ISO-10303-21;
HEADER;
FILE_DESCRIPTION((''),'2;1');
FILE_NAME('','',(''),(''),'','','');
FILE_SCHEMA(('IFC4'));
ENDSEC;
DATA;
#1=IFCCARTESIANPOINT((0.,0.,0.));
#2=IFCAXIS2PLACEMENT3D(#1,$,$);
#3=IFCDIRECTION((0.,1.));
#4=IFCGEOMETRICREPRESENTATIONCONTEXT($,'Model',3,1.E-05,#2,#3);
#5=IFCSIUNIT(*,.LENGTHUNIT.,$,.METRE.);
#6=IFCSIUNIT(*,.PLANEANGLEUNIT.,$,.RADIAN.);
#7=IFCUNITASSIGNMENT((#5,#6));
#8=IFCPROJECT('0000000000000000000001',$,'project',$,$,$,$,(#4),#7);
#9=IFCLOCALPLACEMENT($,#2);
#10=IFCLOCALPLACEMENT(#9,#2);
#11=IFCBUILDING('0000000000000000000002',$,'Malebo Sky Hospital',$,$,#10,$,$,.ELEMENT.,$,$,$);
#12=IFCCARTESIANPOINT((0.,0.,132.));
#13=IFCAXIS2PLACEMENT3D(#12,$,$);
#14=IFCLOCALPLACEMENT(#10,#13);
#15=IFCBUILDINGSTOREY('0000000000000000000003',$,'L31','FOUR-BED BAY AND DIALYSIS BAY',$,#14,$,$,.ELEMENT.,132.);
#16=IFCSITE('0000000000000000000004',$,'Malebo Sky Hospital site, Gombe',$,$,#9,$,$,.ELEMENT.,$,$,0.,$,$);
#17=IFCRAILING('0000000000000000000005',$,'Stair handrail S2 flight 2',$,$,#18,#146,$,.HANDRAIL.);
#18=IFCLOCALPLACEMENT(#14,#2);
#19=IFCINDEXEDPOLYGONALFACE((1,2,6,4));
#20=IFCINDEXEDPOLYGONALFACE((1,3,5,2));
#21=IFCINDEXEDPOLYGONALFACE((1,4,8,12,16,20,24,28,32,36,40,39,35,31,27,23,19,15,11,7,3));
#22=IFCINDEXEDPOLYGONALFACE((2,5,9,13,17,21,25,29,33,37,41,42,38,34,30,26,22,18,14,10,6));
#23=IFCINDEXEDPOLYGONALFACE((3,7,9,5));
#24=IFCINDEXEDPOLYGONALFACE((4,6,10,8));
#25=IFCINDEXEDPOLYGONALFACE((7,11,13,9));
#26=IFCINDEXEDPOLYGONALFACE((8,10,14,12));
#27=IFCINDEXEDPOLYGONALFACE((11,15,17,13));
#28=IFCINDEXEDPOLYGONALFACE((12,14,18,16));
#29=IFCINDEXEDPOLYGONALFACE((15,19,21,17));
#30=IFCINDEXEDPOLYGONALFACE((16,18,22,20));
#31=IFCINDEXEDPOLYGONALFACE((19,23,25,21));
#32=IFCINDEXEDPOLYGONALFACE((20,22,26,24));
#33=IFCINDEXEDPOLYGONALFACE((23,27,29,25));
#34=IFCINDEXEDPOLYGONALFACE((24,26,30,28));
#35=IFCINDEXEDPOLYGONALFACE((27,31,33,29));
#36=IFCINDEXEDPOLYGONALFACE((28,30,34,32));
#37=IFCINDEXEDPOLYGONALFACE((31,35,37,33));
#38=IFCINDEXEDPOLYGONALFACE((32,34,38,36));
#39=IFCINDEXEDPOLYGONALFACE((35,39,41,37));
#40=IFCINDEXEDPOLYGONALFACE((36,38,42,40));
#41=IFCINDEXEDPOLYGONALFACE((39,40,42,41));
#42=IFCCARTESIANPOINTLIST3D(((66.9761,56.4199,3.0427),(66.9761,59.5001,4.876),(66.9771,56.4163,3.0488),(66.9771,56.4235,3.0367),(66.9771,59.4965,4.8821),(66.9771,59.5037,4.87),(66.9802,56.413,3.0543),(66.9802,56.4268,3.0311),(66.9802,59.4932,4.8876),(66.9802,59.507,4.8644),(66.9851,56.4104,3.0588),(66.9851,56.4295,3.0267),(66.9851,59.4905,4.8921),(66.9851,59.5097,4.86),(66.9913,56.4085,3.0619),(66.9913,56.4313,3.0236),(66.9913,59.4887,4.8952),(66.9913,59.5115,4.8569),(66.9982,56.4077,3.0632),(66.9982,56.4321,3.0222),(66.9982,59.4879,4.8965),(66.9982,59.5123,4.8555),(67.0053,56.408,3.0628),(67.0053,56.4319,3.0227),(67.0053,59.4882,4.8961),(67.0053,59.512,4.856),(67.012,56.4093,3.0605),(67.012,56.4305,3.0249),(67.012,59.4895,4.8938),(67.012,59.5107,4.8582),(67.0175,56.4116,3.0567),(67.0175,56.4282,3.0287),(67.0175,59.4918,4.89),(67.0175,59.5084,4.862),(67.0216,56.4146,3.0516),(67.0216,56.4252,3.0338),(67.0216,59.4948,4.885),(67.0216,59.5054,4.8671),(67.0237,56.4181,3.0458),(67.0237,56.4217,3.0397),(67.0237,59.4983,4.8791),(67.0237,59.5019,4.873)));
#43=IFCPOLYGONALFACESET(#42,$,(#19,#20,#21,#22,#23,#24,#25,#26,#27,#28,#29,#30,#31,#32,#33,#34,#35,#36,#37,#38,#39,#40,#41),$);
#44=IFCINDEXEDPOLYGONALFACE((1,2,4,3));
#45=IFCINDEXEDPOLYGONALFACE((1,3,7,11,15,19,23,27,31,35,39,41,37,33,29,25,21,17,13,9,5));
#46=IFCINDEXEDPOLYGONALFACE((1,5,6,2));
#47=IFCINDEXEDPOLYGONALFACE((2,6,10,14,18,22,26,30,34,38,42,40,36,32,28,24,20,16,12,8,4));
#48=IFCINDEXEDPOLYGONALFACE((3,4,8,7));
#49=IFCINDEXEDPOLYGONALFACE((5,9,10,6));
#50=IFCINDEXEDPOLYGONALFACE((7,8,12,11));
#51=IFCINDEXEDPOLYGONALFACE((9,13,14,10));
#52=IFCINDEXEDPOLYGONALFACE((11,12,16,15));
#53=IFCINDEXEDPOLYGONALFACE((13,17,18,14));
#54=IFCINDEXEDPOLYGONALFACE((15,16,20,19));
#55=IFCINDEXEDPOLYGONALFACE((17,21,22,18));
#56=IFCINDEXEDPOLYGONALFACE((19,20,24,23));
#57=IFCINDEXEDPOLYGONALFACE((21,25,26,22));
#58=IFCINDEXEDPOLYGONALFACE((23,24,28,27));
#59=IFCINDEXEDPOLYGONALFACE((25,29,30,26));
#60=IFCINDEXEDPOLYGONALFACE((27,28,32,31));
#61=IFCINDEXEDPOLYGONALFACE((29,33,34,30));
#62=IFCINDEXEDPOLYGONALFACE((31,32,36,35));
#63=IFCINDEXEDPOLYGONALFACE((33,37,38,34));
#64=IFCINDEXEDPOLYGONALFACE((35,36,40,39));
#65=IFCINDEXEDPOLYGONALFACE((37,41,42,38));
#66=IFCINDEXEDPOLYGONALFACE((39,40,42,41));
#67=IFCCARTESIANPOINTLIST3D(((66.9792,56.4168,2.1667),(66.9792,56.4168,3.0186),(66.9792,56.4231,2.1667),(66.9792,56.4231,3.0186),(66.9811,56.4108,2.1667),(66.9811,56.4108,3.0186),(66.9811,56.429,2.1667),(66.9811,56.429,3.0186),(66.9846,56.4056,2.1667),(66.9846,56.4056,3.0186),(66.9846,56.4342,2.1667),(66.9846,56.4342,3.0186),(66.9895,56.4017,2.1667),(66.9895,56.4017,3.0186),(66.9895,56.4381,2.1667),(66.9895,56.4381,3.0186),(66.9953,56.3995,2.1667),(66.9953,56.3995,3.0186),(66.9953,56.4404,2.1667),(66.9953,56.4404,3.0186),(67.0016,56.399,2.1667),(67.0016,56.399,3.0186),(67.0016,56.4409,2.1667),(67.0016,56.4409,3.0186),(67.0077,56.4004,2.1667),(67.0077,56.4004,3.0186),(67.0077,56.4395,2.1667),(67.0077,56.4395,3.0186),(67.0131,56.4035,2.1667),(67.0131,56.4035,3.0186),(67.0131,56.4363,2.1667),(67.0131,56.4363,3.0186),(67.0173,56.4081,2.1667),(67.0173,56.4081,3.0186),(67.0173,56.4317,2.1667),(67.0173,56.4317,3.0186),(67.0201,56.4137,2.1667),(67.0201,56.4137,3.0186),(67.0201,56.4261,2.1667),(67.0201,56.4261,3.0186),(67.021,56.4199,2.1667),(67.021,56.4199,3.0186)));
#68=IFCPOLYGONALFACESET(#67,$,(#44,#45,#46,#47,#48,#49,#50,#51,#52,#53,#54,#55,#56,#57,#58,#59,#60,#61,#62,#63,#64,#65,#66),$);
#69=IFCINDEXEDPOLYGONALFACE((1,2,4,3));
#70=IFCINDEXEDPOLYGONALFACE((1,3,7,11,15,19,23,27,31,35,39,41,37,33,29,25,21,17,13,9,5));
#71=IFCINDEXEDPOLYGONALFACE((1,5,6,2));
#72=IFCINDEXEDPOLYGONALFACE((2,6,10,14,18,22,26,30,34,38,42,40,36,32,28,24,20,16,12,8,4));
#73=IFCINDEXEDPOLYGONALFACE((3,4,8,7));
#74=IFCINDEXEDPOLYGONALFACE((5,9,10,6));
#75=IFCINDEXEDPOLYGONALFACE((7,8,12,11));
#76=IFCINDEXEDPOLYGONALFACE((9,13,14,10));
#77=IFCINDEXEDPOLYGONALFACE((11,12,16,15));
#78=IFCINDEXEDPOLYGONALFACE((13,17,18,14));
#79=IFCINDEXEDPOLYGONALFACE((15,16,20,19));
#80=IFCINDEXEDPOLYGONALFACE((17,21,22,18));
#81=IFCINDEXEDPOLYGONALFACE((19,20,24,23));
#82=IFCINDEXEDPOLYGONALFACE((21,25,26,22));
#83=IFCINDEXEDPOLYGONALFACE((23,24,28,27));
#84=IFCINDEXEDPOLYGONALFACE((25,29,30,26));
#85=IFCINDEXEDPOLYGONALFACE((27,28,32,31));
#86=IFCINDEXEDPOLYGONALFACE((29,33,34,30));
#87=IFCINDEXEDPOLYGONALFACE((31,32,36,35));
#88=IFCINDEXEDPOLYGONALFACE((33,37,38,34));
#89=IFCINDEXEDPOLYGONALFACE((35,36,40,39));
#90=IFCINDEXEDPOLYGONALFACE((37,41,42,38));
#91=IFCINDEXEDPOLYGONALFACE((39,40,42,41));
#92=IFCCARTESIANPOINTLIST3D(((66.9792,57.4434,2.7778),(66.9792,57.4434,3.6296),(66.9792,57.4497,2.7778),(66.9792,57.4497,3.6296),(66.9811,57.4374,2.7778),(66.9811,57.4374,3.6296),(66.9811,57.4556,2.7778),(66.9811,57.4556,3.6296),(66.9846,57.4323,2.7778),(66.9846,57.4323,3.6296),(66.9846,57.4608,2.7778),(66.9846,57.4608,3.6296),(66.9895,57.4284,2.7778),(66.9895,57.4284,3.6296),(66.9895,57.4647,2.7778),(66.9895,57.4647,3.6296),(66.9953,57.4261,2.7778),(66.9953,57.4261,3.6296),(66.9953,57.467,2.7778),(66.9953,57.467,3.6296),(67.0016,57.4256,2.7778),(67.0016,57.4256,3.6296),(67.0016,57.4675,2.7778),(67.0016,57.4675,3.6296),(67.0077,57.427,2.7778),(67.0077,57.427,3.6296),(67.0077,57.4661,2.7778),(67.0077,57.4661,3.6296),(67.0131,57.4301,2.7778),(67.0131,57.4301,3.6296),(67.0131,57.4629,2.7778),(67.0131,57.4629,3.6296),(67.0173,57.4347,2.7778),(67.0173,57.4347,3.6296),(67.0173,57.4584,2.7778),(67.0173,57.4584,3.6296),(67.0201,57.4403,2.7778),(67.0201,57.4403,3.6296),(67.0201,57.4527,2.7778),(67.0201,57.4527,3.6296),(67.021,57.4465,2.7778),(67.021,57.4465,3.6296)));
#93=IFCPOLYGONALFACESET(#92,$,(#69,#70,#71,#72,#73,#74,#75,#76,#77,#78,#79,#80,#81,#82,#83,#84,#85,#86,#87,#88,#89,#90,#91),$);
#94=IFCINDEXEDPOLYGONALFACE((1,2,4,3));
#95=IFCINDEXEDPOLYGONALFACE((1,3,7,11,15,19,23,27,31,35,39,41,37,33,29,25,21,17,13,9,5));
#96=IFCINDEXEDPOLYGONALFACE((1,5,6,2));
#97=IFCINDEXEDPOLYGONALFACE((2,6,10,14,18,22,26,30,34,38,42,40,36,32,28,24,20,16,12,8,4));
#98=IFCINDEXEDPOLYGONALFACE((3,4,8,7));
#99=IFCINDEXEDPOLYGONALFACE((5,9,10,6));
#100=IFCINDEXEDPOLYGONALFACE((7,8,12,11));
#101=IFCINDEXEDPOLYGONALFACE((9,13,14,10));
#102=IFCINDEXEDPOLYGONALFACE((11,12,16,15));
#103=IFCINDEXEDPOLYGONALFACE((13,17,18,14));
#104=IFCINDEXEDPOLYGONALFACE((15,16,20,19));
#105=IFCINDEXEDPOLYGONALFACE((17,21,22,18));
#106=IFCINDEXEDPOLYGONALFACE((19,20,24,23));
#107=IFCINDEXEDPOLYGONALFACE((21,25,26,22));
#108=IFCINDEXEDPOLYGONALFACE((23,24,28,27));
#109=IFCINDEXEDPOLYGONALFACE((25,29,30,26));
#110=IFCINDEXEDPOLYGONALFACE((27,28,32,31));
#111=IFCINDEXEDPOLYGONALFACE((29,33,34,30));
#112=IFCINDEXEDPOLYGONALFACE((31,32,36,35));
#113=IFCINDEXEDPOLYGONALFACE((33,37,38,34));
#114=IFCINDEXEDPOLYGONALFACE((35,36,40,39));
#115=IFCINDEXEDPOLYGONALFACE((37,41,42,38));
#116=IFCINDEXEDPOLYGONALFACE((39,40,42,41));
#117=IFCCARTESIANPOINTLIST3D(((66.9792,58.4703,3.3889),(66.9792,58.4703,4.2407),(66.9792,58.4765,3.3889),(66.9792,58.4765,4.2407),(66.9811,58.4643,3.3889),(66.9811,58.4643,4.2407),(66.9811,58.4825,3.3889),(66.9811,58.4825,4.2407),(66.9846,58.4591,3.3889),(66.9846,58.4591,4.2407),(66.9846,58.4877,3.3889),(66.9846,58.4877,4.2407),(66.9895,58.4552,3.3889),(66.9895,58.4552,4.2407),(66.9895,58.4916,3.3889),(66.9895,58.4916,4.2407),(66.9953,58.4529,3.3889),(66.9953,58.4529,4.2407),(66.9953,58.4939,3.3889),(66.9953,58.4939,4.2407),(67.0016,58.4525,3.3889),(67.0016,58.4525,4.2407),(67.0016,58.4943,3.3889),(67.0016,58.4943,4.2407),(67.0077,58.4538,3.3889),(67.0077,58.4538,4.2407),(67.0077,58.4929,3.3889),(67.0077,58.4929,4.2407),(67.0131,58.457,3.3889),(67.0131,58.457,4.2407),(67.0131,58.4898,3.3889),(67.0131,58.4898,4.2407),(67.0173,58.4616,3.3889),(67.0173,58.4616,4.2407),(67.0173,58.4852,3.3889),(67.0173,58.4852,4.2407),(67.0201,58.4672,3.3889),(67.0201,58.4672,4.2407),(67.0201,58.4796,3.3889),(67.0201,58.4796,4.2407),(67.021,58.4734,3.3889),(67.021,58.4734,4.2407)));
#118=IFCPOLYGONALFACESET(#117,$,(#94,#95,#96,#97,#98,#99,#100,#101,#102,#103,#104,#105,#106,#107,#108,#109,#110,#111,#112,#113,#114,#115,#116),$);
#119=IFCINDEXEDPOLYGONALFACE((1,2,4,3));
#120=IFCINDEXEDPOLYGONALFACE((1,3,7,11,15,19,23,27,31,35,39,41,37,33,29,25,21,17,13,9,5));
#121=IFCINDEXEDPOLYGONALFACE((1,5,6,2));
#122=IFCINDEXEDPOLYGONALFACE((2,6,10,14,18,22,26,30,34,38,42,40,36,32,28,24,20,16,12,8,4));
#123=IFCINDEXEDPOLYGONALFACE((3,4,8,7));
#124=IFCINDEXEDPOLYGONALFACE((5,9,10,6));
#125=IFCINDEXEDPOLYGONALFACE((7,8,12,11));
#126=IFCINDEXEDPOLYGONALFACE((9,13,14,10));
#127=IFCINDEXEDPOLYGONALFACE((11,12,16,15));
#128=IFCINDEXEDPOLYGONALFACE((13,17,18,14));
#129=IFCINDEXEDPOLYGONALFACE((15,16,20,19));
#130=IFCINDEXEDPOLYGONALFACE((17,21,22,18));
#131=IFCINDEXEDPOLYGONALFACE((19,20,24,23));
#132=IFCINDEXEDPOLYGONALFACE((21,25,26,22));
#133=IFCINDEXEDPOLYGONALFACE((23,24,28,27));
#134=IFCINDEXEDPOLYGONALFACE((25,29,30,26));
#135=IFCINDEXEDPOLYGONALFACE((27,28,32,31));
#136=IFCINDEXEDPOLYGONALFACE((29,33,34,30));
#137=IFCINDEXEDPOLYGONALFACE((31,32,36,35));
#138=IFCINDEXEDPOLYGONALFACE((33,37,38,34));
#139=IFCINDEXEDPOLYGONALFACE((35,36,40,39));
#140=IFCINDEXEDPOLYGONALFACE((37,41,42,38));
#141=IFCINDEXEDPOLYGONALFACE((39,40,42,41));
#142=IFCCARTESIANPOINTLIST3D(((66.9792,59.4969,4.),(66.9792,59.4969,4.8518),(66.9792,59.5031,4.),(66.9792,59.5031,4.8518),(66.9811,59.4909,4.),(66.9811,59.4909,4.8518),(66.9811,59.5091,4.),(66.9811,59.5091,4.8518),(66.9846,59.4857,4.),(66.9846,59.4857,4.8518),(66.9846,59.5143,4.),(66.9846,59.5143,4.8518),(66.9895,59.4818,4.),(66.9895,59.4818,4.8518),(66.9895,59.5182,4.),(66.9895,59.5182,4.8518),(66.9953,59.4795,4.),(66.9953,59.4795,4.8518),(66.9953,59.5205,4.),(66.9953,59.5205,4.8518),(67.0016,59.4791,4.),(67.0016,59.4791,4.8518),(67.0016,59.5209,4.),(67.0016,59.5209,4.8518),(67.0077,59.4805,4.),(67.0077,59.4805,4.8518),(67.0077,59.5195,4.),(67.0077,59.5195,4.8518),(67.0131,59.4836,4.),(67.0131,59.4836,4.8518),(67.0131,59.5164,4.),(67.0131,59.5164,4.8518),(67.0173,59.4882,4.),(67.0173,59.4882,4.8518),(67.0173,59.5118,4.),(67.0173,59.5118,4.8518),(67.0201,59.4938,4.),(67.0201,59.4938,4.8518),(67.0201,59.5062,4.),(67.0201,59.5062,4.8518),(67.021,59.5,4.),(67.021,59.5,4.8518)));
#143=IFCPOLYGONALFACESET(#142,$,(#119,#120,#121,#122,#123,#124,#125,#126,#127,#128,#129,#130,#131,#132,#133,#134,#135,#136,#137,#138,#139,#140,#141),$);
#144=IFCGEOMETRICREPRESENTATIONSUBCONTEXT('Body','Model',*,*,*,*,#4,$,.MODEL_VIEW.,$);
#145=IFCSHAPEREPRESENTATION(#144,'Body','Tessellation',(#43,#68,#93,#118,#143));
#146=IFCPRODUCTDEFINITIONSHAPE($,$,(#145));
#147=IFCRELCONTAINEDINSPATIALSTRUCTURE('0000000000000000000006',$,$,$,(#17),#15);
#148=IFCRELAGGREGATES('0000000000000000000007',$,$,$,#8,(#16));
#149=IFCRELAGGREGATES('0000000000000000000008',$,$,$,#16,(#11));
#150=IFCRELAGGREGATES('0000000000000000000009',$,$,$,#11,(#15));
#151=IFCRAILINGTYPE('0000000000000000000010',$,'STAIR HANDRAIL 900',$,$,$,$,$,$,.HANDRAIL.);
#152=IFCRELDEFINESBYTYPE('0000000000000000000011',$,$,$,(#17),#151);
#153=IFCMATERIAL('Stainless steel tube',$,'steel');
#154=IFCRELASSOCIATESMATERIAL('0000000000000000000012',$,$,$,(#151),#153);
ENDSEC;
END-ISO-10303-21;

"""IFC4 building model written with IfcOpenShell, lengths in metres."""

from ifc_helpers import new_model, si_unit, direction, frame, origin, origin_2d, place, context, subcontext, project, spatial, circle, extrude, material, type_object, element, save


model = new_model("IFC4")

# Units and contexts
model_context = context("Model", 3, precision=1e-05, world=origin(), true_north=direction((0.0, 1.0)))
body_context = subcontext(model_context, "Body", "Model", "MODEL_VIEW")
ifc_project = project(units=[si_unit("LENGTHUNIT", "METRE"), si_unit("PLANEANGLEUNIT", "RADIAN")], contexts=[model_context])

# Site, building, storey
site_placement = place(None, origin())
site = spatial("IfcSite", under=ifc_project, at=site_placement, Name="Malebo Sky Hospital site, Gombe", CompositionType="ELEMENT", RefElevation=0.0)
building_placement = place(site_placement, origin())
building = spatial("IfcBuilding", under=site, at=building_placement, Name="Malebo Sky Hospital", CompositionType="ELEMENT")
storey_placement = place(building_placement, frame((0.0, 0.0, 132.0)))
storey = spatial("IfcBuildingStorey", under=building, at=storey_placement, Name="L31", Description="FOUR-BED BAY AND DIALYSIS BAY", CompositionType="ELEMENT", Elevation=132.0)

# Railing
ifc_material_1 = material(Name="Stainless steel tube", Category="steel")
railing_type = type_object("IfcRailingType", Name="STAIR HANDRAIL 900", PredefinedType="HANDRAIL", material=ifc_material_1)
railing_1_placement = place(storey_placement, frame((67.0, 56.4199, 2.1667)))
element("IfcRailing", 1, at=railing_1_placement, inside=storey, type_object=railing_type, Name="Stair handrail S2 flight 2", PredefinedType="HANDRAIL", context=body_context, shape_type="SweptSolid", body=[
    extrude(circle(Radius=0.0239, at=origin_2d()), frame((0.0, 0.0, 0.876), z_axis=(0.0, 0.859309, 0.511458), x_axis=(-1.0, 0.0, 0.0)), (0.0, 0.0, 1.0), 3.5845),
    extrude(circle(Radius=0.021, at=origin_2d()), origin(), (0.0, 0.0, 1.0), 0.8518),
    extrude(circle(Radius=0.021, at=origin_2d()), frame((0.0, 1.0266, 0.6111)), (0.0, 0.0, 1.0), 0.8518),
    extrude(circle(Radius=0.021, at=origin_2d()), frame((0.0, 2.0535, 1.2222)), (0.0, 0.0, 1.0), 0.8518),
    extrude(circle(Radius=0.021, at=origin_2d()), frame((0.0, 3.0801, 1.8333)), (0.0, 0.0, 1.0), 0.8518),
])

save(model, "model.ifc")
